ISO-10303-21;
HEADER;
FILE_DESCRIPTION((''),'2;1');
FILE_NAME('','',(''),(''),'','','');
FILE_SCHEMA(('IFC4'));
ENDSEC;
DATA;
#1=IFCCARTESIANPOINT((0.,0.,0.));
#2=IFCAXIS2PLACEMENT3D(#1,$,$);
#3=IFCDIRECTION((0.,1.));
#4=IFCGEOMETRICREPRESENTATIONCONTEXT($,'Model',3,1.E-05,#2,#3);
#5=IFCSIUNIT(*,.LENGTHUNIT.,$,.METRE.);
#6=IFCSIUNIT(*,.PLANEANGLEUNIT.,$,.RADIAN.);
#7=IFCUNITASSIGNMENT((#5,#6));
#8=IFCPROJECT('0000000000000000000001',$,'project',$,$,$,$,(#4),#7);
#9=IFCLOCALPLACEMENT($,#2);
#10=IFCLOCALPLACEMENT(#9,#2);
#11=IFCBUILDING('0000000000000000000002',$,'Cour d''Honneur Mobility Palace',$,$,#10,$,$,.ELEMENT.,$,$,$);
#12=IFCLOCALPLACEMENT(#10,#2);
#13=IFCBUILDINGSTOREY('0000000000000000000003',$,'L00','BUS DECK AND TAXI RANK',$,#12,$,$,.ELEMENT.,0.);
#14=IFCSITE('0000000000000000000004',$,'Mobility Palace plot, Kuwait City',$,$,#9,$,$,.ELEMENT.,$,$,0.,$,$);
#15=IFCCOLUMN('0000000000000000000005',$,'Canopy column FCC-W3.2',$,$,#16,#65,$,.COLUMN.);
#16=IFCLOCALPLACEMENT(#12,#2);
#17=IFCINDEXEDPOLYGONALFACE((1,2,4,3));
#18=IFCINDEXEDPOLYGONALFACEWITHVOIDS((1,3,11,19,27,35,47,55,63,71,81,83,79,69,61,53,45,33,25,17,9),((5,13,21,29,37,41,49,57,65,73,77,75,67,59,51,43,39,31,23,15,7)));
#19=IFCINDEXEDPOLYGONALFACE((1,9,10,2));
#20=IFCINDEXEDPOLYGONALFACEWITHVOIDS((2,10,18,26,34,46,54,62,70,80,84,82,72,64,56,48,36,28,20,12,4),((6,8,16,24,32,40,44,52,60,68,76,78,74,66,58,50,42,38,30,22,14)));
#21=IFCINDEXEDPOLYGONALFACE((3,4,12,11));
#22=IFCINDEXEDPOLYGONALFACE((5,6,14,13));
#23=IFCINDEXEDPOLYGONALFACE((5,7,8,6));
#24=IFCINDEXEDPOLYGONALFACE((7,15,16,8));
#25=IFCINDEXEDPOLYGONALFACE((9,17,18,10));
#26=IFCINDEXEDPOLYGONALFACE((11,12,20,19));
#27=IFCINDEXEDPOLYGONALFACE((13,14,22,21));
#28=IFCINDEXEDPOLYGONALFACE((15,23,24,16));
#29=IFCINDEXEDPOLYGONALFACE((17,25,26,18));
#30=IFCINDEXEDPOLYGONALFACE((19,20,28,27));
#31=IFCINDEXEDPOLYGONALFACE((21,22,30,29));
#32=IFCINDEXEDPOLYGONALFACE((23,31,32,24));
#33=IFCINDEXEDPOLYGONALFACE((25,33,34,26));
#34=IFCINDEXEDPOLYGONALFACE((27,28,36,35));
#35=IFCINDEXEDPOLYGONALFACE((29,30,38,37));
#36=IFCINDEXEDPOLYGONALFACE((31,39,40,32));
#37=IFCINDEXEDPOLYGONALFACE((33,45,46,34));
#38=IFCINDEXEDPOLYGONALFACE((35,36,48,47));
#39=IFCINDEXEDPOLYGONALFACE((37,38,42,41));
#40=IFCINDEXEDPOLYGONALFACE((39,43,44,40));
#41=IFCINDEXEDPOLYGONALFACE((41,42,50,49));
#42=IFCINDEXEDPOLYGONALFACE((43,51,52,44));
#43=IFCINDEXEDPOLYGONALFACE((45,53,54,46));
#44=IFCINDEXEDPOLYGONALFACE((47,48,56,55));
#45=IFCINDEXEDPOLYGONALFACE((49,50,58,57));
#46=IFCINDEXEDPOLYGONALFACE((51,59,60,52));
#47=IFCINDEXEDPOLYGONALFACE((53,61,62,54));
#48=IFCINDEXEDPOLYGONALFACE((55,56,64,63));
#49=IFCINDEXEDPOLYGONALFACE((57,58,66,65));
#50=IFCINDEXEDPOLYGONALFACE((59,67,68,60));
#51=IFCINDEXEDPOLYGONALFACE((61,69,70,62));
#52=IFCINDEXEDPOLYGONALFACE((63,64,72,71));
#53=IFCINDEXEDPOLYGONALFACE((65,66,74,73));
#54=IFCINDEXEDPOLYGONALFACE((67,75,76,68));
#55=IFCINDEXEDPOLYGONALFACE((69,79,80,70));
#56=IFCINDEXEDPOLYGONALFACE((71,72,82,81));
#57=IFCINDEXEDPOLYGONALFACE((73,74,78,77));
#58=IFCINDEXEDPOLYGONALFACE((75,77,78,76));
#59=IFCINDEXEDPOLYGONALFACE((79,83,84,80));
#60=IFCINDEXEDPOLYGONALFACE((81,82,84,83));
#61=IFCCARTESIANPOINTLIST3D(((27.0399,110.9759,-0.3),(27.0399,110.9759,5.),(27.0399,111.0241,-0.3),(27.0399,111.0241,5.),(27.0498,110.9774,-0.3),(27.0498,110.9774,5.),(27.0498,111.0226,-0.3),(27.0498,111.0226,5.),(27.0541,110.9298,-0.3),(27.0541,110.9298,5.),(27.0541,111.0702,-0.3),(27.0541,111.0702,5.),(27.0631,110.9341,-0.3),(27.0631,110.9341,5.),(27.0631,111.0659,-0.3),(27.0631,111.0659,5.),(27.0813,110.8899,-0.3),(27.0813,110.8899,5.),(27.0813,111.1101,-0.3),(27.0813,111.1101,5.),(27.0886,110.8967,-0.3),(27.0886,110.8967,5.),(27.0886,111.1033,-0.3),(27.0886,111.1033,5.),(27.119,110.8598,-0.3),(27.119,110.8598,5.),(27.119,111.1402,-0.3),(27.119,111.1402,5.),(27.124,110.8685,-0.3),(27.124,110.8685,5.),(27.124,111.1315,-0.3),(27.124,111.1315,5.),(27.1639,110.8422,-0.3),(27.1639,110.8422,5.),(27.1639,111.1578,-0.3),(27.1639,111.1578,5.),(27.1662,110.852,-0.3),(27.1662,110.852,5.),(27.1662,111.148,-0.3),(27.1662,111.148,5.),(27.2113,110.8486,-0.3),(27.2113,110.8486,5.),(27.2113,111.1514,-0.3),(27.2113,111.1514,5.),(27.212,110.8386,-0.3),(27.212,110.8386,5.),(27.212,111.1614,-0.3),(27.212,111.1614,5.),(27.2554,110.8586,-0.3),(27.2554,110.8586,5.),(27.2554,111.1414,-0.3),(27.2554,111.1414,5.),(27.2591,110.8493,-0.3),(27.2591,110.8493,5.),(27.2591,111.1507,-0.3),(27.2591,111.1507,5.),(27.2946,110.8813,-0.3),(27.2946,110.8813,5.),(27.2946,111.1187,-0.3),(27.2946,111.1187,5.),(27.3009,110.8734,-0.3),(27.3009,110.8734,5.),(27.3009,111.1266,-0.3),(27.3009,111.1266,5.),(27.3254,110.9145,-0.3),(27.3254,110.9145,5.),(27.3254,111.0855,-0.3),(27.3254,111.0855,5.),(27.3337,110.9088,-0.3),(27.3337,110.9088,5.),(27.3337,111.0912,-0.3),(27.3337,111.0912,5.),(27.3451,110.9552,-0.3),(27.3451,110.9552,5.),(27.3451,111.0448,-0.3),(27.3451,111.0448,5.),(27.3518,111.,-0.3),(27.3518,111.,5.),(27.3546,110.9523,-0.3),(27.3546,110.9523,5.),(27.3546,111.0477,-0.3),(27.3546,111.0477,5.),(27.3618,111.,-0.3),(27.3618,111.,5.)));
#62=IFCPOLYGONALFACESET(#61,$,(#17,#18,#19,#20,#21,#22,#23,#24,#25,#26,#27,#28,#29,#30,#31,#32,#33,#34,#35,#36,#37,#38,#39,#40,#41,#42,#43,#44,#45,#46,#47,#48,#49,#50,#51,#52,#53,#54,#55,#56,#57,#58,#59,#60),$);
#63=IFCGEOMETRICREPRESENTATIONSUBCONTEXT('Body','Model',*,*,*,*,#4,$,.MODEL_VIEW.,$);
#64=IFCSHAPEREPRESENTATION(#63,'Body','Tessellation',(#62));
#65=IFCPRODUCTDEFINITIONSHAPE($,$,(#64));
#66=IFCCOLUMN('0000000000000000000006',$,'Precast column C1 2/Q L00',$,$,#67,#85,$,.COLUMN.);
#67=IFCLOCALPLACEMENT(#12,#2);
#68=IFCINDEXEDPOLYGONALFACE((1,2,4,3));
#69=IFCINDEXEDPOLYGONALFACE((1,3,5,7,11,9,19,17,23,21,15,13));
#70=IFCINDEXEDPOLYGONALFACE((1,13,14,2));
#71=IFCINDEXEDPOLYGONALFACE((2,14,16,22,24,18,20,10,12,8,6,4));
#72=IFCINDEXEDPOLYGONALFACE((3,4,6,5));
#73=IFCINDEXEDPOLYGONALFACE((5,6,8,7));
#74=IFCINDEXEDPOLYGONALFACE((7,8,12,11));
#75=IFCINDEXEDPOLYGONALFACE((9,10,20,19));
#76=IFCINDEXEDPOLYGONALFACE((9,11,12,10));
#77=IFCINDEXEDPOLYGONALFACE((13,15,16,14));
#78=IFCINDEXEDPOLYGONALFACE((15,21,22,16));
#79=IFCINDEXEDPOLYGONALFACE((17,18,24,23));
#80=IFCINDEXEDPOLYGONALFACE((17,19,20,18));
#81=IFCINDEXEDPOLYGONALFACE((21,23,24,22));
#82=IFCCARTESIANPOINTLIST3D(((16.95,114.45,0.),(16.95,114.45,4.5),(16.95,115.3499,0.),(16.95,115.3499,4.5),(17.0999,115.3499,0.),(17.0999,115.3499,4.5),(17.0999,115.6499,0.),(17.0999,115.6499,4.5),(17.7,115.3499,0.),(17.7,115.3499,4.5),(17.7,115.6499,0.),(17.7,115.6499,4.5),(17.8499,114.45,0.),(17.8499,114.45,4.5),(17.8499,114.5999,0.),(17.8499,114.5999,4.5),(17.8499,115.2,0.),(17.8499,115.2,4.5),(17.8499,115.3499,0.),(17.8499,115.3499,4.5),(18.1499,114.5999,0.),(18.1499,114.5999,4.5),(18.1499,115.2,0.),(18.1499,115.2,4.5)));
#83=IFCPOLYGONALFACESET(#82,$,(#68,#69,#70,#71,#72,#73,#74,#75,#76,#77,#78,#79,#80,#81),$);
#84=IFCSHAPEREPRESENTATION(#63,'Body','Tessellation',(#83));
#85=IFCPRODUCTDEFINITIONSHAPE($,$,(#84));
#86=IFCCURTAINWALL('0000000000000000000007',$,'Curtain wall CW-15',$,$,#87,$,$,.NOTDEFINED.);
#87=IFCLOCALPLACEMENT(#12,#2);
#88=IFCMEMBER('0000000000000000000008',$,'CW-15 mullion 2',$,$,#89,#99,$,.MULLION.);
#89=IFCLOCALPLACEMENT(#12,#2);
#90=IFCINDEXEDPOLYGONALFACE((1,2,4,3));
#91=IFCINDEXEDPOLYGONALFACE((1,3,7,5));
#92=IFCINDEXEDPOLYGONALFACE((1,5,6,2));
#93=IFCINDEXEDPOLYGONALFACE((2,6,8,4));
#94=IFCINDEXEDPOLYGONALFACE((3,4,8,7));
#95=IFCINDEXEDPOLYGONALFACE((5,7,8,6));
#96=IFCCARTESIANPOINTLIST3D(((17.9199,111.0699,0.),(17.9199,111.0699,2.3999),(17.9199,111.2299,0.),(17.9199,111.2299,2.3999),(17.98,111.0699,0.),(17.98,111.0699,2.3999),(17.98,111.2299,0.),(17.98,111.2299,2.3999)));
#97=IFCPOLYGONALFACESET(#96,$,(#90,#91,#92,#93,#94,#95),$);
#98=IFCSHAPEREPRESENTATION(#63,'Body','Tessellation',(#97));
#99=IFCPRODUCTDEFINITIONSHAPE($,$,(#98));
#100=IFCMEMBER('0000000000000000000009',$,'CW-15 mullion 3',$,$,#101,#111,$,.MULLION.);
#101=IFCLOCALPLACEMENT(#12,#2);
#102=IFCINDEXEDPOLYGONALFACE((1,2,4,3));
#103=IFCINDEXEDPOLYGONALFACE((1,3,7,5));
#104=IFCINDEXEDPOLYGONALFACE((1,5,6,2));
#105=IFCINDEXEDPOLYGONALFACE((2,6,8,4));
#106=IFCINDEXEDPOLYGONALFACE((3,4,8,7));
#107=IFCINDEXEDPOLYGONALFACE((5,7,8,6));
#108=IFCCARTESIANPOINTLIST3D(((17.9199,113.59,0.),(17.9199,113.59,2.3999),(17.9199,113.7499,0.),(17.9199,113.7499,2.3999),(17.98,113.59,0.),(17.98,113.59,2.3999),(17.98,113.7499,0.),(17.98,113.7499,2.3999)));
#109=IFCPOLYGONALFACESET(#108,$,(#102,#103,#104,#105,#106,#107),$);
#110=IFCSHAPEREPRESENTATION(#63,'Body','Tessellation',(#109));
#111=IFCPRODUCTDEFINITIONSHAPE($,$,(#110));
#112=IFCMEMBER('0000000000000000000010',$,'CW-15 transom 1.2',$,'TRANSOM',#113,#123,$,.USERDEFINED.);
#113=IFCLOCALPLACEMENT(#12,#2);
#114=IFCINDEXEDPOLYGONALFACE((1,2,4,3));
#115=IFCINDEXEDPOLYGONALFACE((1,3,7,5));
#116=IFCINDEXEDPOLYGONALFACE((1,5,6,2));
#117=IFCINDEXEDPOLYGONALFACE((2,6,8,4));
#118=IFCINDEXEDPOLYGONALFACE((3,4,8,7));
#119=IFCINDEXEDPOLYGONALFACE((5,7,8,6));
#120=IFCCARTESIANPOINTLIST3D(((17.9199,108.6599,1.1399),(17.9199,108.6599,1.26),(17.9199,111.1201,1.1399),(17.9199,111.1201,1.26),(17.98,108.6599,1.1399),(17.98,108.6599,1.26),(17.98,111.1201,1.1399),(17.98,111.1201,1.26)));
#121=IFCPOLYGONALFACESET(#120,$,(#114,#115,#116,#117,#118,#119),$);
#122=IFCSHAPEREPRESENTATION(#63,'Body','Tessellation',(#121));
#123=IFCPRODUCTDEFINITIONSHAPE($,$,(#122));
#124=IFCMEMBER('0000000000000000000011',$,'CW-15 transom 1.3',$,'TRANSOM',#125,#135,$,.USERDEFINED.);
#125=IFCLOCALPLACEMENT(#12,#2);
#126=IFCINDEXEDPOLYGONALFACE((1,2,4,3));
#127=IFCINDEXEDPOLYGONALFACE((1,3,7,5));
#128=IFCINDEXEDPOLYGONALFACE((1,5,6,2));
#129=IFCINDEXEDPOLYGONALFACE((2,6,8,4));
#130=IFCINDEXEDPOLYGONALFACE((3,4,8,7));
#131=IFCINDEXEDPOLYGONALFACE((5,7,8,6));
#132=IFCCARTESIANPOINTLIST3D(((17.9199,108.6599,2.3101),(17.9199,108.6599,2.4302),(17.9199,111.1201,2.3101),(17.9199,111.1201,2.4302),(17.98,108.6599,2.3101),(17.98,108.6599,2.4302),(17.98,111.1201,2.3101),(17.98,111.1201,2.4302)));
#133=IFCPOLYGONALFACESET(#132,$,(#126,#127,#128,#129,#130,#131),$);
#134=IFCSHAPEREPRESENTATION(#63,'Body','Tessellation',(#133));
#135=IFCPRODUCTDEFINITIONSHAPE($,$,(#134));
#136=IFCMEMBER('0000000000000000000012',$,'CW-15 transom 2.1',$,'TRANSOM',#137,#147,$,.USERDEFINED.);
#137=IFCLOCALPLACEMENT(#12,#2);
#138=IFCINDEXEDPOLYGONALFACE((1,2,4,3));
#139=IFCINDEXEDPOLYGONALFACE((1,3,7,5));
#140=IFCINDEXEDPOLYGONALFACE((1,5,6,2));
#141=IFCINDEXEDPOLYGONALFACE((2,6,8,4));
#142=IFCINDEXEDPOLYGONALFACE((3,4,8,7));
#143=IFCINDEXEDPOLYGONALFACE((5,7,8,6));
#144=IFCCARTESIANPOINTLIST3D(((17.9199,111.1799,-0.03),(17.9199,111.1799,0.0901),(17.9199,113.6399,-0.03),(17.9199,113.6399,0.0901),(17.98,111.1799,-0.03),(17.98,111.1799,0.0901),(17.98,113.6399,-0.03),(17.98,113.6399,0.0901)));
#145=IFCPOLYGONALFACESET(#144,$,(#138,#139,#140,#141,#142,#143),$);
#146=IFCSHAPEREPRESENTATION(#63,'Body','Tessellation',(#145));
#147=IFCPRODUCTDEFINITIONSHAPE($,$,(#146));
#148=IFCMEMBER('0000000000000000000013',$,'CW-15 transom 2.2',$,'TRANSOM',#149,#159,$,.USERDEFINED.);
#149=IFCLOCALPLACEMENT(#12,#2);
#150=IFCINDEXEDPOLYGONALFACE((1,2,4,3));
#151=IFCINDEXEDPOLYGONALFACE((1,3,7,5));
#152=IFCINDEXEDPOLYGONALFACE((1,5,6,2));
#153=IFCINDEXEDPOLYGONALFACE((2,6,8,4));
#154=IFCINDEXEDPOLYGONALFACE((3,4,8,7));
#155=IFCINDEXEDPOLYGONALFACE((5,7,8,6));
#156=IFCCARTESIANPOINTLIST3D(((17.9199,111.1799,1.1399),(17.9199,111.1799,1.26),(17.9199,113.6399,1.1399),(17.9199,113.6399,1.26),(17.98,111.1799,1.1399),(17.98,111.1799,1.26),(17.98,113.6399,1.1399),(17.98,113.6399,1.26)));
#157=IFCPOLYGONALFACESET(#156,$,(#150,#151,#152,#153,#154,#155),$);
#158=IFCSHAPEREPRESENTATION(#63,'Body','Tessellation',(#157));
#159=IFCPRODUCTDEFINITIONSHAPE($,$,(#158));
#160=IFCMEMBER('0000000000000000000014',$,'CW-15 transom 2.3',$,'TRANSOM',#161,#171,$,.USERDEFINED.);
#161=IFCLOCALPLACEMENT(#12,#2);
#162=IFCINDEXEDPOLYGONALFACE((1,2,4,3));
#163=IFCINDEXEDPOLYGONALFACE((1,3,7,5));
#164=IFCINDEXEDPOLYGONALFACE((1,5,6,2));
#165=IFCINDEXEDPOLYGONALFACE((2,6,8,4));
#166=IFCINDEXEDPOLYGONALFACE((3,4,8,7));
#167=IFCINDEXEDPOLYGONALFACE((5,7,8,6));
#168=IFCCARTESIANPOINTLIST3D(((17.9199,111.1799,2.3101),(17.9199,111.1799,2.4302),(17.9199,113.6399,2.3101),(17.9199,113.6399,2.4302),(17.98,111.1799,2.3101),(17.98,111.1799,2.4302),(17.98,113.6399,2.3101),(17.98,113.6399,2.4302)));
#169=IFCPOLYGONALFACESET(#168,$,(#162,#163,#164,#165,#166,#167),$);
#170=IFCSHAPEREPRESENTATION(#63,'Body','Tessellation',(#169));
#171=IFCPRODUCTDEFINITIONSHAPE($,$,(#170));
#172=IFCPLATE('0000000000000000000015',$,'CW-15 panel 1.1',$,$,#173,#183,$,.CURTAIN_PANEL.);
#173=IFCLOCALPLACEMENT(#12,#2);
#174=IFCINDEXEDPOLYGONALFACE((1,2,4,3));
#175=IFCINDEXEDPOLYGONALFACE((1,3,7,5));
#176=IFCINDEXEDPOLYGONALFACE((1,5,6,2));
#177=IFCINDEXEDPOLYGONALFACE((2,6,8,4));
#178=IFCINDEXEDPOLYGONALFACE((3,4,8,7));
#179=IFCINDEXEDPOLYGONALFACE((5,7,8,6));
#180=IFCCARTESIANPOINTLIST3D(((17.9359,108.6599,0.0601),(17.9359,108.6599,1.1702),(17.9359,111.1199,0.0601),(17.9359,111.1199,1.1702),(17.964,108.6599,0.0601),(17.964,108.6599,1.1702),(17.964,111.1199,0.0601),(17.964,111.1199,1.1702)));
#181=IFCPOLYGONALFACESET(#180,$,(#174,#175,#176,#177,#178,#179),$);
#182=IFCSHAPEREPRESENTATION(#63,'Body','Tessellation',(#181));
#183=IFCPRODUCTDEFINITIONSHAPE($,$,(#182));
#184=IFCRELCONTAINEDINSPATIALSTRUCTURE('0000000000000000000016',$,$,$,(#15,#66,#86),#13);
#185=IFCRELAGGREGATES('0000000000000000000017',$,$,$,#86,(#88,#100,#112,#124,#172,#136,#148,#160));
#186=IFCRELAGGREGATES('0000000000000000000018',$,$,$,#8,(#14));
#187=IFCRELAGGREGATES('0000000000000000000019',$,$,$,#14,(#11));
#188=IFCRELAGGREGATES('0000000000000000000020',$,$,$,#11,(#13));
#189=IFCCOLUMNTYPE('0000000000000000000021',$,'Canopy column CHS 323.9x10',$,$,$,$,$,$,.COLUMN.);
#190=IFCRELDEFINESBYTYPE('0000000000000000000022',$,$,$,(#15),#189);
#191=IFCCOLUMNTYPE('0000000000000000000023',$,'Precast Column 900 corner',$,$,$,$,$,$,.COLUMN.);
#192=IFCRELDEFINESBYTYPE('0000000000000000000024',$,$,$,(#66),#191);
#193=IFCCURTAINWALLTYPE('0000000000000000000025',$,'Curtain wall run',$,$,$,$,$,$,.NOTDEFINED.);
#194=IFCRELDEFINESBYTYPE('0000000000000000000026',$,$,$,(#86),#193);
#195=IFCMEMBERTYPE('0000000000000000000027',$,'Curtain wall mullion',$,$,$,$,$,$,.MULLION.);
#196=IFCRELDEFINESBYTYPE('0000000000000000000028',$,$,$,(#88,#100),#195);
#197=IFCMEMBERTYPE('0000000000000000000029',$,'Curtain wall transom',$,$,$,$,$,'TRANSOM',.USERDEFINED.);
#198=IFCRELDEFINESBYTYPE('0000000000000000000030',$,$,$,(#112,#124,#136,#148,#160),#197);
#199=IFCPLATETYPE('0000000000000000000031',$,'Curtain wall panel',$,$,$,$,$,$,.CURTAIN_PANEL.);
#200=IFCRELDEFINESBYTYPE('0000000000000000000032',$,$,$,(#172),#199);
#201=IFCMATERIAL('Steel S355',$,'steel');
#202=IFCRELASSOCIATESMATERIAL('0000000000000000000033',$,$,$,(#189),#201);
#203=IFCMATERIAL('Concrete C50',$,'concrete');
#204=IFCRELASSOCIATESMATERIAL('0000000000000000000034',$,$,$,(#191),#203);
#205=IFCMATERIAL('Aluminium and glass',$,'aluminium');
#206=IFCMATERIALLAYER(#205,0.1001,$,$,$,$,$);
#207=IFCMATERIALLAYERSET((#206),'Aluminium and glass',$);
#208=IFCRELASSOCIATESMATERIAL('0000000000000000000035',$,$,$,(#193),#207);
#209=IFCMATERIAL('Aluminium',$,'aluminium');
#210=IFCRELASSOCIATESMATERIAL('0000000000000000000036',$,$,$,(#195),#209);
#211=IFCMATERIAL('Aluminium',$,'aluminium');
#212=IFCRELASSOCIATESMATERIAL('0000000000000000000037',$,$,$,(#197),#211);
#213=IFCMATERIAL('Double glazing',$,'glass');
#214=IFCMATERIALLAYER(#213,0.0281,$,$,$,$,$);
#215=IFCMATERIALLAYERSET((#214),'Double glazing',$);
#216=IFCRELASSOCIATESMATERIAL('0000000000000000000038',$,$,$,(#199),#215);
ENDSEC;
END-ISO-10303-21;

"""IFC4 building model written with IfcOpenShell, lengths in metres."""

from ifc_helpers import new_model, si_unit, direction, frame, origin, origin_2d, place, context, subcontext, project, spatial, polyline, rectangle, hollow_circle, outline, extrude, material, layer, layer_set, material_profile, profile_set, type_object, element, aggregate, save


model = new_model("IFC4")

# Units and contexts
model_context = context("Model", 3, precision=1e-05, world=origin(), true_north=direction((0.0, 1.0)))
body_context = subcontext(model_context, "Body", "Model", "MODEL_VIEW")
ifc_project = project(units=[si_unit("LENGTHUNIT", "METRE"), si_unit("PLANEANGLEUNIT", "RADIAN")], contexts=[model_context])

# Site, building, storey
site_placement = place(None, origin())
site = spatial("IfcSite", under=ifc_project, at=site_placement, Name="Mobility Palace plot, Kuwait City", CompositionType="ELEMENT", RefElevation=0.0)
building_placement = place(site_placement, origin())
building = spatial("IfcBuilding", under=site, at=building_placement, Name="Cour d'Honneur Mobility Palace", CompositionType="ELEMENT")
storey_placement = place(building_placement, origin())
storey = spatial("IfcBuildingStorey", under=building, at=storey_placement, Name="L00", Description="BUS DECK AND TAXI RANK", CompositionType="ELEMENT", Elevation=0.0)

# Columns
ifc_material_1 = material(Name="Steel S355", Category="steel")
ifc_material_profile_1 = material_profile(ifc_material_1, hollow_circle(Radius=0.1619, WallThickness=0.01, at=origin_2d()), Name="CHS 323.9x10")
ifc_profile_set_1 = profile_set([ifc_material_profile_1], Name="Steel S355")
column_type_1 = type_object("IfcColumnType", Name="Canopy column CHS 323.9x10", PredefinedType="COLUMN", material=ifc_profile_set_1)
for number, where, z_axis, x_axis, name in (
    (1, (27.2, 111.0, -0.3), (0.0, 0.0, 1.0), (1.0, 0.0, 0.0), "Canopy column FCC-W3.2"),
):
    element("IfcColumn", number, at=place(storey_placement, frame(where, z_axis=z_axis, x_axis=x_axis)), inside=storey, type_object=column_type_1, Name=name, PredefinedType="COLUMN", context=body_context, shape_type="SweptSolid", body=[
        extrude(hollow_circle(Radius=0.1619, WallThickness=0.01, at=origin_2d()), origin(), (0.0, 0.0, 1.0), 5.3),
    ])
ifc_material_2 = material(Name="Concrete C50", Category="concrete")
ifc_material_profile_2 = material_profile(ifc_material_2, outline(polyline([(-0.45, -0.45), (0.45, -0.45), (0.45, -0.3), (0.75, -0.3), (0.75, 0.3), (0.45, 0.3), (0.45, 0.45), (0.3, 0.45), (0.3, 0.75), (-0.3, 0.75), (-0.3, 0.45), (-0.45, 0.45), (-0.45, -0.45)])), Name="PC C900 corner")
ifc_profile_set_2 = profile_set([ifc_material_profile_2], Name="Concrete C50")
column_type_2 = type_object("IfcColumnType", Name="Precast Column 900 corner", PredefinedType="COLUMN", material=ifc_profile_set_2)
column_placement = place(storey_placement, frame((17.3999, 114.8999, 0.0), z_axis=(0.0, 0.0, 1.0), x_axis=(1.0, 0.0, 0.0)))
element("IfcColumn", 2, at=column_placement, inside=storey, type_object=column_type_2, Name="Precast column C1 2/Q L00", PredefinedType="COLUMN", context=body_context, shape_type="SweptSolid", body=[
    extrude(outline(polyline([(-0.45, -0.45), (0.45, -0.45), (0.45, -0.3), (0.75, -0.3), (0.75, 0.3), (0.45, 0.3), (0.45, 0.45), (0.3, 0.45), (0.3, 0.75), (-0.3, 0.75), (-0.3, 0.45), (-0.45, 0.45), (-0.45, -0.45)])), origin(), (0.0, 0.0, 1.0), 4.5),
])

# Curtain wall, members, plate
ifc_material_3 = material(Name="Aluminium and glass", Category="aluminium")
ifc_layer_1 = layer(ifc_material_3, 0.1001)
ifc_layer_set_1 = layer_set([ifc_layer_1], Name="Aluminium and glass")
curtain_wall_type = type_object("IfcCurtainWallType", Name="Curtain wall run", PredefinedType="NOTDEFINED", material=ifc_layer_set_1)
curtain_wall_placement = place(storey_placement, origin())
curtain_wall = element("IfcCurtainWall", 3, at=curtain_wall_placement, inside=storey, type_object=curtain_wall_type, Name="Curtain wall CW-15", PredefinedType="NOTDEFINED")
ifc_material_4 = material(Name="Aluminium", Category="aluminium")
ifc_material_profile_3 = material_profile(ifc_material_4, rectangle(XDim=0.0601, YDim=0.1599, at=origin_2d()), Name="Curtain wall mullion")
ifc_profile_set_3 = profile_set([ifc_material_profile_3], Name="Aluminium")
member_type_1 = type_object("IfcMemberType", Name="Curtain wall mullion", PredefinedType="MULLION", material=ifc_profile_set_3)
member_1_placement = place(storey_placement, frame((17.95, 111.1499, 0.0), z_axis=(0.0, 0.0, 1.0), x_axis=(-1.0, 0.0, 0.0)))
member_1 = element("IfcMember", 4, at=member_1_placement, type_object=member_type_1, Name="CW-15 mullion 2", PredefinedType="MULLION", context=body_context, shape_type="SweptSolid", body=[
    extrude(rectangle(XDim=0.0601, YDim=0.1599, at=origin_2d()), origin(), (0.0, 0.0, 1.0), 2.3999),
])
member_2_placement = place(storey_placement, frame((17.95, 113.6699, 0.0), z_axis=(0.0, 0.0, 1.0), x_axis=(-1.0, 0.0, 0.0)))
member_2 = element("IfcMember", 5, at=member_2_placement, type_object=member_type_1, Name="CW-15 mullion 3", PredefinedType="MULLION", context=body_context, shape_type="SweptSolid", body=[
    extrude(rectangle(XDim=0.0601, YDim=0.1599, at=origin_2d()), origin(), (0.0, 0.0, 1.0), 2.3999),
])
ifc_material_5 = material(Name="Aluminium", Category="aluminium")
ifc_material_profile_4 = material_profile(ifc_material_5, rectangle(XDim=0.0601, YDim=0.1201, at=origin_2d()), Name="Curtain wall transom")
ifc_profile_set_4 = profile_set([ifc_material_profile_4], Name="Aluminium")
member_type_2 = type_object("IfcMemberType", Name="Curtain wall transom", ElementType="TRANSOM", PredefinedType="USERDEFINED", material=ifc_profile_set_4)
member_3_placement = place(storey_placement, frame((17.95, 108.6599, 1.2), z_axis=(0.0, 1.0, 0.0), x_axis=(-1.0, 0.0, 0.0)))
member_3 = element("IfcMember", 6, at=member_3_placement, type_object=member_type_2, Name="CW-15 transom 1.2", ObjectType="TRANSOM", PredefinedType="USERDEFINED", context=body_context, shape_type="SweptSolid", body=[
    extrude(rectangle(XDim=0.0601, YDim=0.1201, at=origin_2d()), origin(), (0.0, 0.0, 1.0), 2.4602),
])
member_4_placement = place(storey_placement, frame((17.95, 108.6599, 2.3701), z_axis=(0.0, 1.0, 0.0), x_axis=(-1.0, 0.0, 0.0)))
member_4 = element("IfcMember", 7, at=member_4_placement, type_object=member_type_2, Name="CW-15 transom 1.3", ObjectType="TRANSOM", PredefinedType="USERDEFINED", context=body_context, shape_type="SweptSolid", body=[
    extrude(rectangle(XDim=0.0601, YDim=0.1201, at=origin_2d()), origin(), (0.0, 0.0, 1.0), 2.4602),
])
member_5_placement = place(storey_placement, frame((17.95, 111.1799, 0.03), z_axis=(0.0, 1.0, 0.0), x_axis=(-1.0, 0.0, 0.0)))
member_5 = element("IfcMember", 8, at=member_5_placement, type_object=member_type_2, Name="CW-15 transom 2.1", ObjectType="TRANSOM", PredefinedType="USERDEFINED", context=body_context, shape_type="SweptSolid", body=[
    extrude(rectangle(XDim=0.0601, YDim=0.1201, at=origin_2d()), origin(), (0.0, 0.0, 1.0), 2.46),
])
member_6_placement = place(storey_placement, frame((17.95, 111.1799, 1.2), z_axis=(0.0, 1.0, 0.0), x_axis=(-1.0, 0.0, 0.0)))
member_6 = element("IfcMember", 9, at=member_6_placement, type_object=member_type_2, Name="CW-15 transom 2.2", ObjectType="TRANSOM", PredefinedType="USERDEFINED", context=body_context, shape_type="SweptSolid", body=[
    extrude(rectangle(XDim=0.0601, YDim=0.1201, at=origin_2d()), origin(), (0.0, 0.0, 1.0), 2.46),
])
member_7_placement = place(storey_placement, frame((17.95, 111.1799, 2.3701), z_axis=(0.0, 1.0, 0.0), x_axis=(-1.0, 0.0, 0.0)))
member_7 = element("IfcMember", 10, at=member_7_placement, type_object=member_type_2, Name="CW-15 transom 2.3", ObjectType="TRANSOM", PredefinedType="USERDEFINED", context=body_context, shape_type="SweptSolid", body=[
    extrude(rectangle(XDim=0.0601, YDim=0.1201, at=origin_2d()), origin(), (0.0, 0.0, 1.0), 2.46),
])
ifc_material_6 = material(Name="Double glazing", Category="glass")
ifc_layer_2 = layer(ifc_material_6, 0.0281)
ifc_layer_set_2 = layer_set([ifc_layer_2], Name="Double glazing")
plate_type = type_object("IfcPlateType", Name="Curtain wall panel", PredefinedType="CURTAIN_PANEL", material=ifc_layer_set_2)
plate_1_placement = place(storey_placement, frame((17.95, 109.8899, 0.0601), z_axis=(0.0, 0.0, 1.0), x_axis=(0.0, 1.0, 0.0)))
plate_1 = element("IfcPlate", 11, at=plate_1_placement, type_object=plate_type, Name="CW-15 panel 1.1", PredefinedType="CURTAIN_PANEL", context=body_context, shape_type="SweptSolid", body=[
    extrude(rectangle(XDim=2.46, YDim=0.0281, at=origin_2d()), origin(), (0.0, 0.0, 1.0), 1.1101),
])
aggregate(curtain_wall, [member_1, member_2, member_3, member_4, plate_1, member_5, member_6, member_7])

save(model, "model.ifc")
